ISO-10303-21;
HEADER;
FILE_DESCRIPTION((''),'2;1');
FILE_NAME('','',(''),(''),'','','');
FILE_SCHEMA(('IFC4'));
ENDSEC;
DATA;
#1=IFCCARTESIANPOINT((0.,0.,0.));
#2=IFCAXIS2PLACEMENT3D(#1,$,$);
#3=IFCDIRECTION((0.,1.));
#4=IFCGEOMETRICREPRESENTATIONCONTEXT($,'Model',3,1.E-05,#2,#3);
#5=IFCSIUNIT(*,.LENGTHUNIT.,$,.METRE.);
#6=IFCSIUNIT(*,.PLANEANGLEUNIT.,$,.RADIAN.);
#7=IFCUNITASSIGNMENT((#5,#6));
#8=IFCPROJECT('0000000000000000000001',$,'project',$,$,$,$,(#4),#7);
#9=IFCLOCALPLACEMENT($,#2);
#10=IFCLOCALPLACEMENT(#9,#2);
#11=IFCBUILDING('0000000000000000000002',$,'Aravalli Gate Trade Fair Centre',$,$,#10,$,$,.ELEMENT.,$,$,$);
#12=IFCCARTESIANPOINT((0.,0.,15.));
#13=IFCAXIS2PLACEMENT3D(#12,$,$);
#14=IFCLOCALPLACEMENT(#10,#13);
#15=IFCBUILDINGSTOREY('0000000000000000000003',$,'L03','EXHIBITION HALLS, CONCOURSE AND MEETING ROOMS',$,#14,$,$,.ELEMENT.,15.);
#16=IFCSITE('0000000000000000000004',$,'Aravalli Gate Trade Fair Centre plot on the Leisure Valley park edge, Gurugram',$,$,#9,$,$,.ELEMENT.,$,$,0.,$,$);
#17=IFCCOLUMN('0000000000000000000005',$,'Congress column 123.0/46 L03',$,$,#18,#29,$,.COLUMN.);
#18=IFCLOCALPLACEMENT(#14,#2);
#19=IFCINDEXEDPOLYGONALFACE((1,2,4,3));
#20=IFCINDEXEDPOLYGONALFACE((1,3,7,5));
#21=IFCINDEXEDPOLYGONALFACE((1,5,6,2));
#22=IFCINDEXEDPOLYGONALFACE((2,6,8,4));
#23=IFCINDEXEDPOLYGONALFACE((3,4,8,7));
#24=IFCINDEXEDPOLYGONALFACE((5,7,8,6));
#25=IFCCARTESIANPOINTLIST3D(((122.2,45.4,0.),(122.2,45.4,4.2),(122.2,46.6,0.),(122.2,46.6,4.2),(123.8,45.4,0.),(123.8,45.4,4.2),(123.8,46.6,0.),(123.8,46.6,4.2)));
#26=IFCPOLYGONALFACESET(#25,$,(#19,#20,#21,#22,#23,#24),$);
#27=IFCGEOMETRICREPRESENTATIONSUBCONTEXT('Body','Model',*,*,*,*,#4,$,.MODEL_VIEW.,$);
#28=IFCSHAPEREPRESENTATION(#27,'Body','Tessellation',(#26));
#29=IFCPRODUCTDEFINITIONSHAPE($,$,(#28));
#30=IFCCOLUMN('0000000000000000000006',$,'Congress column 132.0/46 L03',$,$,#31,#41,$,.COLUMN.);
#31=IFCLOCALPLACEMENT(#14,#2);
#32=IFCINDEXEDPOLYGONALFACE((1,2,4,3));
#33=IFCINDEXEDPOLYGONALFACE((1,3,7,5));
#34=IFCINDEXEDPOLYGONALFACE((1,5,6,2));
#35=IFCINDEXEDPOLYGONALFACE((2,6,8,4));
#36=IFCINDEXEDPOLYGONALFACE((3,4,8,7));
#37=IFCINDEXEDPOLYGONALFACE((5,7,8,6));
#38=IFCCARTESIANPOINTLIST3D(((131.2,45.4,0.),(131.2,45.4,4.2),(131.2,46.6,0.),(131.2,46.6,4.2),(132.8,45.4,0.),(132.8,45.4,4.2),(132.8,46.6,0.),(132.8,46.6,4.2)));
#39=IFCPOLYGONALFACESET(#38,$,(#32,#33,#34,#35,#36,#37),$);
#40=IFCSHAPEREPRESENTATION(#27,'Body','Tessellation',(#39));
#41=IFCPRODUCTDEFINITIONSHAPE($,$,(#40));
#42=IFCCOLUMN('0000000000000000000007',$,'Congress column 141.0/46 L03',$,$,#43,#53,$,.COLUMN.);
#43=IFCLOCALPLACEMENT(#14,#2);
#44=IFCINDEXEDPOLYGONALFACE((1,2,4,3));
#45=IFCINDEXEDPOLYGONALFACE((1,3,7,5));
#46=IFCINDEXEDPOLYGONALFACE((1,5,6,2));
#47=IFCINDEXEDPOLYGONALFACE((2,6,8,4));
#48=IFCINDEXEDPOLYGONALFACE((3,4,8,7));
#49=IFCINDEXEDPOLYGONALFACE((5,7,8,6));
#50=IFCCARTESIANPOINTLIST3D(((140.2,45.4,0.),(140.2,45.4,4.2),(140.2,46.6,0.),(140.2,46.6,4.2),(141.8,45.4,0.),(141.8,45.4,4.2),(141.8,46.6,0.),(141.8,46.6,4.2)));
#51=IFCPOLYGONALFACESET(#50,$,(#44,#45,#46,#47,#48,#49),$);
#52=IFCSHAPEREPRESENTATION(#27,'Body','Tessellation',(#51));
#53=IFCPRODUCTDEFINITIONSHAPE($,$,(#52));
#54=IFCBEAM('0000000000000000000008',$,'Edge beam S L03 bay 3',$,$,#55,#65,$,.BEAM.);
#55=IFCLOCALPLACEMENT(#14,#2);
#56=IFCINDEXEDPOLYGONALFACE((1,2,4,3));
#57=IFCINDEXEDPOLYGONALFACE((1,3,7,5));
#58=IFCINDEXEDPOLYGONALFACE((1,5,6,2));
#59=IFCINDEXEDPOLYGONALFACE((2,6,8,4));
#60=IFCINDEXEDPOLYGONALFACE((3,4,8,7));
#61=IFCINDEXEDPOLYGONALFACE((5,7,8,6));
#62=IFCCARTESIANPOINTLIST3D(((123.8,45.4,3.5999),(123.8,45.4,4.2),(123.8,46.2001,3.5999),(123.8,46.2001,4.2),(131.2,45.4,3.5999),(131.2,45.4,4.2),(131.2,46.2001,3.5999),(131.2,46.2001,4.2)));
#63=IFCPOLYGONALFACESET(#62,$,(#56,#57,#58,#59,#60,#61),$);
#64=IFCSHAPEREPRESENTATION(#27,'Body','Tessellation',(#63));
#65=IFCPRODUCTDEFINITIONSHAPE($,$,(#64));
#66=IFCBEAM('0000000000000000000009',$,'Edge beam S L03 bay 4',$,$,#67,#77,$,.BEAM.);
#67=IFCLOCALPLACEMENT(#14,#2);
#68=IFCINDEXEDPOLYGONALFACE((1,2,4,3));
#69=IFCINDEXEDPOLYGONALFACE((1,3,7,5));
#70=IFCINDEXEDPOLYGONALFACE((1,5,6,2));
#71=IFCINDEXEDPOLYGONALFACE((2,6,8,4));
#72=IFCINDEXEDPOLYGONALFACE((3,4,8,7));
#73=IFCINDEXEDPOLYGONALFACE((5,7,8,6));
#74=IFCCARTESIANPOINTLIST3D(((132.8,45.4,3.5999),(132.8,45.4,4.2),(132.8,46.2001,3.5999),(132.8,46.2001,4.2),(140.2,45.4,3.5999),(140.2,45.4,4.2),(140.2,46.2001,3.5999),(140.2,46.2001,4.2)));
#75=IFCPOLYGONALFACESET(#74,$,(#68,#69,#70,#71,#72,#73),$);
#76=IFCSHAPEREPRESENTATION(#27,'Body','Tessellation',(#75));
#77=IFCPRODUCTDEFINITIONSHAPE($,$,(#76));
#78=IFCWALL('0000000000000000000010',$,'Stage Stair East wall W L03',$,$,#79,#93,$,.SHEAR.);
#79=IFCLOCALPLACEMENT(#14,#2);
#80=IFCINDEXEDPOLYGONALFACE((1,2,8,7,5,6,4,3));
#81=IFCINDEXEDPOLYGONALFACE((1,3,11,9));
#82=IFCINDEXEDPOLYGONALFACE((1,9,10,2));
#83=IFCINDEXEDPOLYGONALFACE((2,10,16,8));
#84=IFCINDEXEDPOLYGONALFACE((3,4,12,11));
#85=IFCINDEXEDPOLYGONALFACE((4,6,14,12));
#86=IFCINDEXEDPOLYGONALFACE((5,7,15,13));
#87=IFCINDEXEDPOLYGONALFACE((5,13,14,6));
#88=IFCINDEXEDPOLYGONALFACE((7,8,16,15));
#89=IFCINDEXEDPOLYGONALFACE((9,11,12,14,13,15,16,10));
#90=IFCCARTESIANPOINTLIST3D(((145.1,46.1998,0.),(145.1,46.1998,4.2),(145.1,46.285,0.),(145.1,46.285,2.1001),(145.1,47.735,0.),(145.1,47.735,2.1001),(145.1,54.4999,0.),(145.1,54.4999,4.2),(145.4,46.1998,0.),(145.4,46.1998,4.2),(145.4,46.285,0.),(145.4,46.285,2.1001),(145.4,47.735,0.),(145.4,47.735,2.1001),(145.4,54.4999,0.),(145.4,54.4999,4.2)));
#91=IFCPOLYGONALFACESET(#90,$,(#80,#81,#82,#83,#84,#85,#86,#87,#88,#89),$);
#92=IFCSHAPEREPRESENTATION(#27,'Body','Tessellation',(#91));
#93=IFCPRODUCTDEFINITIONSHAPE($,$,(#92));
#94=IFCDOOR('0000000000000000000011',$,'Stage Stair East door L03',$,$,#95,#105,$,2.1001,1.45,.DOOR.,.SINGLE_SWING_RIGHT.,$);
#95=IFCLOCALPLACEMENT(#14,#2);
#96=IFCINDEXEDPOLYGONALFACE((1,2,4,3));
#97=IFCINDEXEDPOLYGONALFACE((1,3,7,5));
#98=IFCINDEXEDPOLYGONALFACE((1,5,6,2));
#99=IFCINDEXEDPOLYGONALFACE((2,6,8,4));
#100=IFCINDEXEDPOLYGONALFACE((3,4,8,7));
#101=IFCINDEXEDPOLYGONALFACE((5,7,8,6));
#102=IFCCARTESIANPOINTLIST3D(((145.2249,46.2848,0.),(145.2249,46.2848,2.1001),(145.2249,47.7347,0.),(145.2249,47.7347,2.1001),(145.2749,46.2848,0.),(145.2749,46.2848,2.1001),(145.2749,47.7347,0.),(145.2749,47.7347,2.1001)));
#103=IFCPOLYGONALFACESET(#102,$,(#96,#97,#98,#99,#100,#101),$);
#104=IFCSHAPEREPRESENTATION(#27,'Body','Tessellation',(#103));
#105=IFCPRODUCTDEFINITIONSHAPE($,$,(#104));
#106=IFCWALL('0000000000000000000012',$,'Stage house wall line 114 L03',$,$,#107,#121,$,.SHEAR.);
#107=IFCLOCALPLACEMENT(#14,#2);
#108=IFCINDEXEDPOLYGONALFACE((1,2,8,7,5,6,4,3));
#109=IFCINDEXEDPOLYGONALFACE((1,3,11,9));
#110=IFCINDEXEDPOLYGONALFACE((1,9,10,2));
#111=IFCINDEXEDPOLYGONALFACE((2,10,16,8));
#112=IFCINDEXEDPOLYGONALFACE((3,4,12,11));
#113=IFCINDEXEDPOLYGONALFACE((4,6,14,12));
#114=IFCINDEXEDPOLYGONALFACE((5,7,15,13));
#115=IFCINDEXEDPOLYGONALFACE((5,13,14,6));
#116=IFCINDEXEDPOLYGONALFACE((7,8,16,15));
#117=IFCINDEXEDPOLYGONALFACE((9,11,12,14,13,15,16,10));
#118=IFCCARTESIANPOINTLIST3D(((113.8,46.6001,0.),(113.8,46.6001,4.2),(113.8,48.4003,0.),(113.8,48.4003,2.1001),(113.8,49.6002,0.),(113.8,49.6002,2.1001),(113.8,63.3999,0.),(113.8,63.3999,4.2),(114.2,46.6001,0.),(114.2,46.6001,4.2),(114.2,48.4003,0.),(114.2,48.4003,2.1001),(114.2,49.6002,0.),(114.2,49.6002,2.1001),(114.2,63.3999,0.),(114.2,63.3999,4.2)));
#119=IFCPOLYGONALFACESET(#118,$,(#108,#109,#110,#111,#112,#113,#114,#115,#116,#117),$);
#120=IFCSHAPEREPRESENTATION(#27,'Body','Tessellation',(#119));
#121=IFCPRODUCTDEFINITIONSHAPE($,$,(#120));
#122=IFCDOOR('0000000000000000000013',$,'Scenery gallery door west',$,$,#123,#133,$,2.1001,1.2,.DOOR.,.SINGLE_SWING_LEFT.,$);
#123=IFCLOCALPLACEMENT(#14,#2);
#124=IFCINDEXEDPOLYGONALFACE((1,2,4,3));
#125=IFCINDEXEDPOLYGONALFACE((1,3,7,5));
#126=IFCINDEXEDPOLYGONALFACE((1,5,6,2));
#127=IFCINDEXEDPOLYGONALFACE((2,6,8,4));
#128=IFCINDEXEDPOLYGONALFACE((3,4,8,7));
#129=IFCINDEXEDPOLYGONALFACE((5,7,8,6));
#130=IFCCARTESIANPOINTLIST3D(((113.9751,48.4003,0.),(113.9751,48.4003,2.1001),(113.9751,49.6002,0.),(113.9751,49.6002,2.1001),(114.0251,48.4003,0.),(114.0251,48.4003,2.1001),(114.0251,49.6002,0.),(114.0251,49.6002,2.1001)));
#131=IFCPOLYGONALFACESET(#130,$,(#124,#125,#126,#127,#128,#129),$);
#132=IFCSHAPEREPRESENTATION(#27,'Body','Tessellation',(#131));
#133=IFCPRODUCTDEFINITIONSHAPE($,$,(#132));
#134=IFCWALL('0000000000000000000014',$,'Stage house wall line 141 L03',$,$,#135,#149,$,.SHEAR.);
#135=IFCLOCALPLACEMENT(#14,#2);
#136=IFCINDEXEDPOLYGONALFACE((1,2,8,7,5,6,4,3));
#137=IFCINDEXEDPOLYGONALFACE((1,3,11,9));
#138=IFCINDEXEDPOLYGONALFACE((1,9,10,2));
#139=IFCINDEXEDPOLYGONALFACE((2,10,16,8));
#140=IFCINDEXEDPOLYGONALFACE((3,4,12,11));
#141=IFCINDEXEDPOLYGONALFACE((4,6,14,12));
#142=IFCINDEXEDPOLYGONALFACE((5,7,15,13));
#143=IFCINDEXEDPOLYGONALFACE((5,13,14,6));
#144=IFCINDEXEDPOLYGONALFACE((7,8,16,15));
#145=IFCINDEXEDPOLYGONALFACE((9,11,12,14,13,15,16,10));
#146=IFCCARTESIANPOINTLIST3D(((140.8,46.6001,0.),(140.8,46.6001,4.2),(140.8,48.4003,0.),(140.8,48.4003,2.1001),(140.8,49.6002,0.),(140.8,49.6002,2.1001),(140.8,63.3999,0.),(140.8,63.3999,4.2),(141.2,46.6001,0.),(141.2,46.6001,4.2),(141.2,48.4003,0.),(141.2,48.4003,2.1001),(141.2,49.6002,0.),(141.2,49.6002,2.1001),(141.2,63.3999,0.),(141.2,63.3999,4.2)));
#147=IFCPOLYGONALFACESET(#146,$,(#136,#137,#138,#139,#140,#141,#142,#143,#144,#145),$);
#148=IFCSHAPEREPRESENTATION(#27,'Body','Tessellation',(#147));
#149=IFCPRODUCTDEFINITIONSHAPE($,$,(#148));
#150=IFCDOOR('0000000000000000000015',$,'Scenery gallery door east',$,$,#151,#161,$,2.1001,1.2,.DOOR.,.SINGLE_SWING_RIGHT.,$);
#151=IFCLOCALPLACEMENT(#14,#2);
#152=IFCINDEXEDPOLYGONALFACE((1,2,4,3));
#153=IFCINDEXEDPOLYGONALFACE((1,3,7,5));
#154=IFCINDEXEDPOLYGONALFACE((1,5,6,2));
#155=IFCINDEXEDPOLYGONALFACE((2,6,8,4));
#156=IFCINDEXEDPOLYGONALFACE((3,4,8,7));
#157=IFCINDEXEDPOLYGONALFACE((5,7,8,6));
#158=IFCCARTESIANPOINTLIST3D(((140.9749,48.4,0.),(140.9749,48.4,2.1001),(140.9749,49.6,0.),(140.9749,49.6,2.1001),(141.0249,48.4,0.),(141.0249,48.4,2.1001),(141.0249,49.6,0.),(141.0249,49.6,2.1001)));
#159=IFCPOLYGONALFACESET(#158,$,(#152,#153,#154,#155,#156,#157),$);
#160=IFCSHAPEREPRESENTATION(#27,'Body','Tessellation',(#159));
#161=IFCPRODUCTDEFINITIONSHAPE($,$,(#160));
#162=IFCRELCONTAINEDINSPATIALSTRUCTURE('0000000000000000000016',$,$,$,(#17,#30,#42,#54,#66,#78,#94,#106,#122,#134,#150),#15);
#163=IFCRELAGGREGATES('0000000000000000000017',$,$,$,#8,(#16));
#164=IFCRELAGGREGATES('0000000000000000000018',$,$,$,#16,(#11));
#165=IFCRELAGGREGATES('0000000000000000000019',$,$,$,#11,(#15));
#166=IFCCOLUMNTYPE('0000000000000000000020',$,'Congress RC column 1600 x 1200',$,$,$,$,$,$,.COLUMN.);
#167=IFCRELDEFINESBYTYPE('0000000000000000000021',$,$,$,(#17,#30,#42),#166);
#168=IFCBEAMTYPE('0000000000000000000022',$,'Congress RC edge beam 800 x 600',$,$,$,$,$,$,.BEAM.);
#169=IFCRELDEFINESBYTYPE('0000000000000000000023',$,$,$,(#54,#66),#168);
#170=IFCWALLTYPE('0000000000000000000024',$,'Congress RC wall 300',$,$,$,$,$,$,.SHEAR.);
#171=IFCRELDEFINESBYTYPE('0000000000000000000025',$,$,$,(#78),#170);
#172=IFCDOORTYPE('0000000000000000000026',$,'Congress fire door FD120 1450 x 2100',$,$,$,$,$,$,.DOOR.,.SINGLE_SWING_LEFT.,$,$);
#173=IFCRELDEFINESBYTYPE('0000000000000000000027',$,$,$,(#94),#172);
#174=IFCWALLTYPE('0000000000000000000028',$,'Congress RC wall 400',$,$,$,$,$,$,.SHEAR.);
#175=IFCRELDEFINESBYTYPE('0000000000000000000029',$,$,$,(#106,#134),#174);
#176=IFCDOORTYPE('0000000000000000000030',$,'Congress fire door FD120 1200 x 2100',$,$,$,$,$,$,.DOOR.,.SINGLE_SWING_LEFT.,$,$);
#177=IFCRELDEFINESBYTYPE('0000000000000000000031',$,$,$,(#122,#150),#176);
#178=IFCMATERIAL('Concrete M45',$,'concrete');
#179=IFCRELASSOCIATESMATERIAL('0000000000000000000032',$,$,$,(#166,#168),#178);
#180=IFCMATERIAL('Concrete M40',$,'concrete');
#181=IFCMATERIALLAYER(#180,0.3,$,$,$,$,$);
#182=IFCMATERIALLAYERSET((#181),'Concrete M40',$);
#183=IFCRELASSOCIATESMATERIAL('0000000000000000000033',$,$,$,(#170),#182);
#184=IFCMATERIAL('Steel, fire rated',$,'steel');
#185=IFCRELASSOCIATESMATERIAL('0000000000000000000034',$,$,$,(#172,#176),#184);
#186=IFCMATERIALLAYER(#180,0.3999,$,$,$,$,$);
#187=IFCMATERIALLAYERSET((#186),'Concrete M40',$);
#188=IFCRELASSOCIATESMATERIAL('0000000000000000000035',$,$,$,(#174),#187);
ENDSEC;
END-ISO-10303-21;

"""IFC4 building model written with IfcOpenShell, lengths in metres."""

from ifc_helpers import new_model, si_unit, direction, frame, frame_2d, origin, origin_2d, place, context, subcontext, project, spatial, rectangle, extrude, material, layer, layer_set, material_profile, profile_set, type_object, element, fill, save


model = new_model("IFC4")

# Units and contexts
model_context = context("Model", 3, precision=1e-05, world=origin(), true_north=direction((0.0, 1.0)))
body_context = subcontext(model_context, "Body", "Model", "MODEL_VIEW")
ifc_project = project(units=[si_unit("LENGTHUNIT", "METRE"), si_unit("PLANEANGLEUNIT", "RADIAN")], contexts=[model_context])

# Site, building, storey
site_placement = place(None, origin())
site = spatial("IfcSite", under=ifc_project, at=site_placement, Name="Aravalli Gate Trade Fair Centre plot on the Leisure Valley park edge, Gurugram", CompositionType="ELEMENT", RefElevation=0.0)
building_placement = place(site_placement, origin())
building = spatial("IfcBuilding", under=site, at=building_placement, Name="Aravalli Gate Trade Fair Centre", CompositionType="ELEMENT")
storey_placement = place(building_placement, frame((0.0, 0.0, 15.0)))
storey = spatial("IfcBuildingStorey", under=building, at=storey_placement, Name="L03", Description="EXHIBITION HALLS, CONCOURSE AND MEETING ROOMS", CompositionType="ELEMENT", Elevation=15.0)

# Columns
ifc_material_1 = material(Name="Concrete M45", Category="concrete")
ifc_material_profile_1 = material_profile(ifc_material_1, rectangle(XDim=1.6001, YDim=1.2, at=origin_2d()), Name="RC 1600x1200")
ifc_profile_set_1 = profile_set([ifc_material_profile_1], Name="Concrete M45")
column_type = type_object("IfcColumnType", Name="Congress RC column 1600 x 1200", PredefinedType="COLUMN", material=ifc_profile_set_1)
for number, where, z_axis, x_axis, name in (
    (1, (123.0, 46.0, 0.0), (0.0, 0.0, 1.0), (1.0, 0.0, 0.0), "Congress column 123.0/46 L03"),
    (2, (132.0, 46.0, 0.0), (0.0, 0.0, 1.0), (1.0, 0.0, 0.0), "Congress column 132.0/46 L03"),
    (3, (141.0, 46.0, 0.0), (0.0, 0.0, 1.0), (1.0, 0.0, 0.0), "Congress column 141.0/46 L03"),
):
    element("IfcColumn", number, at=place(storey_placement, frame(where, z_axis=z_axis, x_axis=x_axis)), inside=storey, type_object=column_type, Name=name, PredefinedType="COLUMN", context=body_context, shape_type="SweptSolid", body=[
        extrude(rectangle(XDim=1.6001, YDim=1.2, at=origin_2d()), origin(), (0.0, 0.0, 1.0), 4.2),
    ])

# Beams
ifc_material_profile_2 = material_profile(ifc_material_1, rectangle(XDim=0.8, YDim=0.6001, at=origin_2d()), Name="RC 800x600")
ifc_profile_set_2 = profile_set([ifc_material_profile_2], Name="Concrete M45")
beam_type = type_object("IfcBeamType", Name="Congress RC edge beam 800 x 600", PredefinedType="BEAM", material=ifc_profile_set_2)
for number, where, z_axis, x_axis, name in (
    (4, (123.8, 45.8, 3.8999), (1.0, 0.0, 0.0), (0.0, 1.0, 0.0), "Edge beam S L03 bay 3"),
    (5, (132.8, 45.8, 3.8999), (1.0, 0.0, 0.0), (0.0, 1.0, 0.0), "Edge beam S L03 bay 4"),
):
    element("IfcBeam", number, at=place(storey_placement, frame(where, z_axis=z_axis, x_axis=x_axis)), inside=storey, type_object=beam_type, Name=name, PredefinedType="BEAM", context=body_context, shape_type="SweptSolid", body=[
        extrude(rectangle(XDim=0.8, YDim=0.6001, at=origin_2d()), origin(), (0.0, 0.0, 1.0), 7.3999),
    ])

# Walls, openings, doors
ifc_material_2 = material(Name="Concrete M40", Category="concrete")
ifc_layer_1 = layer(ifc_material_2, 0.3)
ifc_layer_set_1 = layer_set([ifc_layer_1], Name="Concrete M40")
wall_type_1 = type_object("IfcWallType", Name="Congress RC wall 300", PredefinedType="SHEAR", material=ifc_layer_set_1)
wall_1_placement = place(storey_placement, frame((145.25, 46.2, 0.0), z_axis=(0.0, 0.0, 1.0), x_axis=(0.0, 1.0, 0.0)))
wall_1 = element("IfcWall", 6, at=wall_1_placement, inside=storey, type_object=wall_type_1, Name="Stage Stair East wall W L03", PredefinedType="SHEAR", context=body_context, shape_type="SweptSolid", body=[
    extrude(rectangle(XDim=8.3, YDim=0.3, at=frame_2d((4.1499, 0.0))), origin(), (0.0, 0.0, 1.0), 4.2),
])
opening_1_placement = place(wall_1_placement, frame((0.085, 0.0, 0.0)))
opening_1 = element("IfcOpeningElement", 7, at=opening_1_placement, cuts=wall_1, PredefinedType="OPENING", context=body_context, shape_type="SweptSolid", body=[
    extrude(rectangle(XDim=1.45, YDim=2.1001, at=frame_2d((0.7251, 1.05))), frame((0.0, 0.1599, 0.0), z_axis=(0.0, -1.0, 0.0), x_axis=(1.0, 0.0, 0.0)), (0.0, 0.0, 1.0), 0.3201),
])
ifc_material_3 = material(Name="Steel, fire rated", Category="steel")
door_type_1 = type_object("IfcDoorType", Name="Congress fire door FD120 1450 x 2100", OperationType="SINGLE_SWING_LEFT", PredefinedType="DOOR", material=ifc_material_3)
door_1_placement = place(opening_1_placement, frame((1.45, 0.0, 0.0), z_axis=(0.0, 0.0, 1.0), x_axis=(-1.0, 0.0, 0.0)))
door_1 = element("IfcDoor", 8, at=door_1_placement, inside=storey, type_object=door_type_1, Name="Stage Stair East door L03", OperationType="SINGLE_SWING_RIGHT", OverallHeight=2.1001, OverallWidth=1.45, PredefinedType="DOOR", context=body_context, shape_type="SweptSolid", body=[
    extrude(rectangle(XDim=1.45, YDim=2.1001, at=frame_2d((0.7251, 1.05))), frame((0.0, 0.0249, 0.0), z_axis=(0.0, -1.0, 0.0), x_axis=(1.0, 0.0, 0.0)), (0.0, 0.0, 1.0), 0.05),
])
fill(opening_1, door_1)
ifc_layer_2 = layer(ifc_material_2, 0.3999)
ifc_layer_set_2 = layer_set([ifc_layer_2], Name="Concrete M40")
wall_type_2 = type_object("IfcWallType", Name="Congress RC wall 400", PredefinedType="SHEAR", material=ifc_layer_set_2)
wall_2_placement = place(storey_placement, frame((114.0, 46.6001, 0.0), z_axis=(0.0, 0.0, 1.0), x_axis=(0.0, 1.0, 0.0)))
wall_2 = element("IfcWall", 9, at=wall_2_placement, inside=storey, type_object=wall_type_2, Name="Stage house wall line 114 L03", PredefinedType="SHEAR", context=body_context, shape_type="SweptSolid", body=[
    extrude(rectangle(XDim=16.7998, YDim=0.3999, at=frame_2d((8.3999, 0.0))), origin(), (0.0, 0.0, 1.0), 4.2),
])
opening_2_placement = place(wall_2_placement, frame((1.8, 0.0, 0.0)))
opening_2 = element("IfcOpeningElement", 10, at=opening_2_placement, cuts=wall_2, PredefinedType="OPENING", context=body_context, shape_type="SweptSolid", body=[
    extrude(rectangle(XDim=1.2, YDim=2.1001, at=frame_2d((0.6001, 1.05))), frame((0.0, 0.21, 0.0), z_axis=(0.0, -1.0, 0.0), x_axis=(1.0, 0.0, 0.0)), (0.0, 0.0, 1.0), 0.4199),
])
door_type_2 = type_object("IfcDoorType", Name="Congress fire door FD120 1200 x 2100", OperationType="SINGLE_SWING_LEFT", PredefinedType="DOOR", material=ifc_material_3)
door_2_placement = place(opening_2_placement, origin())
door_2 = element("IfcDoor", 11, at=door_2_placement, inside=storey, type_object=door_type_2, Name="Scenery gallery door west", OperationType="SINGLE_SWING_LEFT", OverallHeight=2.1001, OverallWidth=1.2, PredefinedType="DOOR", context=body_context, shape_type="SweptSolid", body=[
    extrude(rectangle(XDim=1.2, YDim=2.1001, at=frame_2d((0.6001, 1.05))), frame((0.0, 0.0249, 0.0), z_axis=(0.0, -1.0, 0.0), x_axis=(1.0, 0.0, 0.0)), (0.0, 0.0, 1.0), 0.05),
])
fill(opening_2, door_2)
wall_3_placement = place(storey_placement, frame((141.0, 46.6001, 0.0), z_axis=(0.0, 0.0, 1.0), x_axis=(0.0, 1.0, 0.0)))
wall_3 = element("IfcWall", 12, at=wall_3_placement, inside=storey, type_object=wall_type_2, Name="Stage house wall line 141 L03", PredefinedType="SHEAR", context=body_context, shape_type="SweptSolid", body=[
    extrude(rectangle(XDim=16.7998, YDim=0.3999, at=frame_2d((8.3999, 0.0))), origin(), (0.0, 0.0, 1.0), 4.2),
])
opening_3_placement = place(wall_3_placement, frame((1.8, 0.0, 0.0)))
opening_3 = element("IfcOpeningElement", 13, at=opening_3_placement, cuts=wall_3, PredefinedType="OPENING", context=body_context, shape_type="SweptSolid", body=[
    extrude(rectangle(XDim=1.2, YDim=2.1001, at=frame_2d((0.6001, 1.05))), frame((0.0, 0.21, 0.0), z_axis=(0.0, -1.0, 0.0), x_axis=(1.0, 0.0, 0.0)), (0.0, 0.0, 1.0), 0.4199),
])
door_3_placement = place(opening_3_placement, frame((1.2, 0.0, 0.0), z_axis=(0.0, 0.0, 1.0), x_axis=(-1.0, 0.0, 0.0)))
door_3 = element("IfcDoor", 14, at=door_3_placement, inside=storey, type_object=door_type_2, Name="Scenery gallery door east", OperationType="SINGLE_SWING_RIGHT", OverallHeight=2.1001, OverallWidth=1.2, PredefinedType="DOOR", context=body_context, shape_type="SweptSolid", body=[
    extrude(rectangle(XDim=1.2, YDim=2.1001, at=frame_2d((0.6001, 1.05))), frame((0.0, 0.0249, 0.0), z_axis=(0.0, -1.0, 0.0), x_axis=(1.0, 0.0, 0.0)), (0.0, 0.0, 1.0), 0.05),
])
fill(opening_3, door_3)

save(model, "model.ifc")
